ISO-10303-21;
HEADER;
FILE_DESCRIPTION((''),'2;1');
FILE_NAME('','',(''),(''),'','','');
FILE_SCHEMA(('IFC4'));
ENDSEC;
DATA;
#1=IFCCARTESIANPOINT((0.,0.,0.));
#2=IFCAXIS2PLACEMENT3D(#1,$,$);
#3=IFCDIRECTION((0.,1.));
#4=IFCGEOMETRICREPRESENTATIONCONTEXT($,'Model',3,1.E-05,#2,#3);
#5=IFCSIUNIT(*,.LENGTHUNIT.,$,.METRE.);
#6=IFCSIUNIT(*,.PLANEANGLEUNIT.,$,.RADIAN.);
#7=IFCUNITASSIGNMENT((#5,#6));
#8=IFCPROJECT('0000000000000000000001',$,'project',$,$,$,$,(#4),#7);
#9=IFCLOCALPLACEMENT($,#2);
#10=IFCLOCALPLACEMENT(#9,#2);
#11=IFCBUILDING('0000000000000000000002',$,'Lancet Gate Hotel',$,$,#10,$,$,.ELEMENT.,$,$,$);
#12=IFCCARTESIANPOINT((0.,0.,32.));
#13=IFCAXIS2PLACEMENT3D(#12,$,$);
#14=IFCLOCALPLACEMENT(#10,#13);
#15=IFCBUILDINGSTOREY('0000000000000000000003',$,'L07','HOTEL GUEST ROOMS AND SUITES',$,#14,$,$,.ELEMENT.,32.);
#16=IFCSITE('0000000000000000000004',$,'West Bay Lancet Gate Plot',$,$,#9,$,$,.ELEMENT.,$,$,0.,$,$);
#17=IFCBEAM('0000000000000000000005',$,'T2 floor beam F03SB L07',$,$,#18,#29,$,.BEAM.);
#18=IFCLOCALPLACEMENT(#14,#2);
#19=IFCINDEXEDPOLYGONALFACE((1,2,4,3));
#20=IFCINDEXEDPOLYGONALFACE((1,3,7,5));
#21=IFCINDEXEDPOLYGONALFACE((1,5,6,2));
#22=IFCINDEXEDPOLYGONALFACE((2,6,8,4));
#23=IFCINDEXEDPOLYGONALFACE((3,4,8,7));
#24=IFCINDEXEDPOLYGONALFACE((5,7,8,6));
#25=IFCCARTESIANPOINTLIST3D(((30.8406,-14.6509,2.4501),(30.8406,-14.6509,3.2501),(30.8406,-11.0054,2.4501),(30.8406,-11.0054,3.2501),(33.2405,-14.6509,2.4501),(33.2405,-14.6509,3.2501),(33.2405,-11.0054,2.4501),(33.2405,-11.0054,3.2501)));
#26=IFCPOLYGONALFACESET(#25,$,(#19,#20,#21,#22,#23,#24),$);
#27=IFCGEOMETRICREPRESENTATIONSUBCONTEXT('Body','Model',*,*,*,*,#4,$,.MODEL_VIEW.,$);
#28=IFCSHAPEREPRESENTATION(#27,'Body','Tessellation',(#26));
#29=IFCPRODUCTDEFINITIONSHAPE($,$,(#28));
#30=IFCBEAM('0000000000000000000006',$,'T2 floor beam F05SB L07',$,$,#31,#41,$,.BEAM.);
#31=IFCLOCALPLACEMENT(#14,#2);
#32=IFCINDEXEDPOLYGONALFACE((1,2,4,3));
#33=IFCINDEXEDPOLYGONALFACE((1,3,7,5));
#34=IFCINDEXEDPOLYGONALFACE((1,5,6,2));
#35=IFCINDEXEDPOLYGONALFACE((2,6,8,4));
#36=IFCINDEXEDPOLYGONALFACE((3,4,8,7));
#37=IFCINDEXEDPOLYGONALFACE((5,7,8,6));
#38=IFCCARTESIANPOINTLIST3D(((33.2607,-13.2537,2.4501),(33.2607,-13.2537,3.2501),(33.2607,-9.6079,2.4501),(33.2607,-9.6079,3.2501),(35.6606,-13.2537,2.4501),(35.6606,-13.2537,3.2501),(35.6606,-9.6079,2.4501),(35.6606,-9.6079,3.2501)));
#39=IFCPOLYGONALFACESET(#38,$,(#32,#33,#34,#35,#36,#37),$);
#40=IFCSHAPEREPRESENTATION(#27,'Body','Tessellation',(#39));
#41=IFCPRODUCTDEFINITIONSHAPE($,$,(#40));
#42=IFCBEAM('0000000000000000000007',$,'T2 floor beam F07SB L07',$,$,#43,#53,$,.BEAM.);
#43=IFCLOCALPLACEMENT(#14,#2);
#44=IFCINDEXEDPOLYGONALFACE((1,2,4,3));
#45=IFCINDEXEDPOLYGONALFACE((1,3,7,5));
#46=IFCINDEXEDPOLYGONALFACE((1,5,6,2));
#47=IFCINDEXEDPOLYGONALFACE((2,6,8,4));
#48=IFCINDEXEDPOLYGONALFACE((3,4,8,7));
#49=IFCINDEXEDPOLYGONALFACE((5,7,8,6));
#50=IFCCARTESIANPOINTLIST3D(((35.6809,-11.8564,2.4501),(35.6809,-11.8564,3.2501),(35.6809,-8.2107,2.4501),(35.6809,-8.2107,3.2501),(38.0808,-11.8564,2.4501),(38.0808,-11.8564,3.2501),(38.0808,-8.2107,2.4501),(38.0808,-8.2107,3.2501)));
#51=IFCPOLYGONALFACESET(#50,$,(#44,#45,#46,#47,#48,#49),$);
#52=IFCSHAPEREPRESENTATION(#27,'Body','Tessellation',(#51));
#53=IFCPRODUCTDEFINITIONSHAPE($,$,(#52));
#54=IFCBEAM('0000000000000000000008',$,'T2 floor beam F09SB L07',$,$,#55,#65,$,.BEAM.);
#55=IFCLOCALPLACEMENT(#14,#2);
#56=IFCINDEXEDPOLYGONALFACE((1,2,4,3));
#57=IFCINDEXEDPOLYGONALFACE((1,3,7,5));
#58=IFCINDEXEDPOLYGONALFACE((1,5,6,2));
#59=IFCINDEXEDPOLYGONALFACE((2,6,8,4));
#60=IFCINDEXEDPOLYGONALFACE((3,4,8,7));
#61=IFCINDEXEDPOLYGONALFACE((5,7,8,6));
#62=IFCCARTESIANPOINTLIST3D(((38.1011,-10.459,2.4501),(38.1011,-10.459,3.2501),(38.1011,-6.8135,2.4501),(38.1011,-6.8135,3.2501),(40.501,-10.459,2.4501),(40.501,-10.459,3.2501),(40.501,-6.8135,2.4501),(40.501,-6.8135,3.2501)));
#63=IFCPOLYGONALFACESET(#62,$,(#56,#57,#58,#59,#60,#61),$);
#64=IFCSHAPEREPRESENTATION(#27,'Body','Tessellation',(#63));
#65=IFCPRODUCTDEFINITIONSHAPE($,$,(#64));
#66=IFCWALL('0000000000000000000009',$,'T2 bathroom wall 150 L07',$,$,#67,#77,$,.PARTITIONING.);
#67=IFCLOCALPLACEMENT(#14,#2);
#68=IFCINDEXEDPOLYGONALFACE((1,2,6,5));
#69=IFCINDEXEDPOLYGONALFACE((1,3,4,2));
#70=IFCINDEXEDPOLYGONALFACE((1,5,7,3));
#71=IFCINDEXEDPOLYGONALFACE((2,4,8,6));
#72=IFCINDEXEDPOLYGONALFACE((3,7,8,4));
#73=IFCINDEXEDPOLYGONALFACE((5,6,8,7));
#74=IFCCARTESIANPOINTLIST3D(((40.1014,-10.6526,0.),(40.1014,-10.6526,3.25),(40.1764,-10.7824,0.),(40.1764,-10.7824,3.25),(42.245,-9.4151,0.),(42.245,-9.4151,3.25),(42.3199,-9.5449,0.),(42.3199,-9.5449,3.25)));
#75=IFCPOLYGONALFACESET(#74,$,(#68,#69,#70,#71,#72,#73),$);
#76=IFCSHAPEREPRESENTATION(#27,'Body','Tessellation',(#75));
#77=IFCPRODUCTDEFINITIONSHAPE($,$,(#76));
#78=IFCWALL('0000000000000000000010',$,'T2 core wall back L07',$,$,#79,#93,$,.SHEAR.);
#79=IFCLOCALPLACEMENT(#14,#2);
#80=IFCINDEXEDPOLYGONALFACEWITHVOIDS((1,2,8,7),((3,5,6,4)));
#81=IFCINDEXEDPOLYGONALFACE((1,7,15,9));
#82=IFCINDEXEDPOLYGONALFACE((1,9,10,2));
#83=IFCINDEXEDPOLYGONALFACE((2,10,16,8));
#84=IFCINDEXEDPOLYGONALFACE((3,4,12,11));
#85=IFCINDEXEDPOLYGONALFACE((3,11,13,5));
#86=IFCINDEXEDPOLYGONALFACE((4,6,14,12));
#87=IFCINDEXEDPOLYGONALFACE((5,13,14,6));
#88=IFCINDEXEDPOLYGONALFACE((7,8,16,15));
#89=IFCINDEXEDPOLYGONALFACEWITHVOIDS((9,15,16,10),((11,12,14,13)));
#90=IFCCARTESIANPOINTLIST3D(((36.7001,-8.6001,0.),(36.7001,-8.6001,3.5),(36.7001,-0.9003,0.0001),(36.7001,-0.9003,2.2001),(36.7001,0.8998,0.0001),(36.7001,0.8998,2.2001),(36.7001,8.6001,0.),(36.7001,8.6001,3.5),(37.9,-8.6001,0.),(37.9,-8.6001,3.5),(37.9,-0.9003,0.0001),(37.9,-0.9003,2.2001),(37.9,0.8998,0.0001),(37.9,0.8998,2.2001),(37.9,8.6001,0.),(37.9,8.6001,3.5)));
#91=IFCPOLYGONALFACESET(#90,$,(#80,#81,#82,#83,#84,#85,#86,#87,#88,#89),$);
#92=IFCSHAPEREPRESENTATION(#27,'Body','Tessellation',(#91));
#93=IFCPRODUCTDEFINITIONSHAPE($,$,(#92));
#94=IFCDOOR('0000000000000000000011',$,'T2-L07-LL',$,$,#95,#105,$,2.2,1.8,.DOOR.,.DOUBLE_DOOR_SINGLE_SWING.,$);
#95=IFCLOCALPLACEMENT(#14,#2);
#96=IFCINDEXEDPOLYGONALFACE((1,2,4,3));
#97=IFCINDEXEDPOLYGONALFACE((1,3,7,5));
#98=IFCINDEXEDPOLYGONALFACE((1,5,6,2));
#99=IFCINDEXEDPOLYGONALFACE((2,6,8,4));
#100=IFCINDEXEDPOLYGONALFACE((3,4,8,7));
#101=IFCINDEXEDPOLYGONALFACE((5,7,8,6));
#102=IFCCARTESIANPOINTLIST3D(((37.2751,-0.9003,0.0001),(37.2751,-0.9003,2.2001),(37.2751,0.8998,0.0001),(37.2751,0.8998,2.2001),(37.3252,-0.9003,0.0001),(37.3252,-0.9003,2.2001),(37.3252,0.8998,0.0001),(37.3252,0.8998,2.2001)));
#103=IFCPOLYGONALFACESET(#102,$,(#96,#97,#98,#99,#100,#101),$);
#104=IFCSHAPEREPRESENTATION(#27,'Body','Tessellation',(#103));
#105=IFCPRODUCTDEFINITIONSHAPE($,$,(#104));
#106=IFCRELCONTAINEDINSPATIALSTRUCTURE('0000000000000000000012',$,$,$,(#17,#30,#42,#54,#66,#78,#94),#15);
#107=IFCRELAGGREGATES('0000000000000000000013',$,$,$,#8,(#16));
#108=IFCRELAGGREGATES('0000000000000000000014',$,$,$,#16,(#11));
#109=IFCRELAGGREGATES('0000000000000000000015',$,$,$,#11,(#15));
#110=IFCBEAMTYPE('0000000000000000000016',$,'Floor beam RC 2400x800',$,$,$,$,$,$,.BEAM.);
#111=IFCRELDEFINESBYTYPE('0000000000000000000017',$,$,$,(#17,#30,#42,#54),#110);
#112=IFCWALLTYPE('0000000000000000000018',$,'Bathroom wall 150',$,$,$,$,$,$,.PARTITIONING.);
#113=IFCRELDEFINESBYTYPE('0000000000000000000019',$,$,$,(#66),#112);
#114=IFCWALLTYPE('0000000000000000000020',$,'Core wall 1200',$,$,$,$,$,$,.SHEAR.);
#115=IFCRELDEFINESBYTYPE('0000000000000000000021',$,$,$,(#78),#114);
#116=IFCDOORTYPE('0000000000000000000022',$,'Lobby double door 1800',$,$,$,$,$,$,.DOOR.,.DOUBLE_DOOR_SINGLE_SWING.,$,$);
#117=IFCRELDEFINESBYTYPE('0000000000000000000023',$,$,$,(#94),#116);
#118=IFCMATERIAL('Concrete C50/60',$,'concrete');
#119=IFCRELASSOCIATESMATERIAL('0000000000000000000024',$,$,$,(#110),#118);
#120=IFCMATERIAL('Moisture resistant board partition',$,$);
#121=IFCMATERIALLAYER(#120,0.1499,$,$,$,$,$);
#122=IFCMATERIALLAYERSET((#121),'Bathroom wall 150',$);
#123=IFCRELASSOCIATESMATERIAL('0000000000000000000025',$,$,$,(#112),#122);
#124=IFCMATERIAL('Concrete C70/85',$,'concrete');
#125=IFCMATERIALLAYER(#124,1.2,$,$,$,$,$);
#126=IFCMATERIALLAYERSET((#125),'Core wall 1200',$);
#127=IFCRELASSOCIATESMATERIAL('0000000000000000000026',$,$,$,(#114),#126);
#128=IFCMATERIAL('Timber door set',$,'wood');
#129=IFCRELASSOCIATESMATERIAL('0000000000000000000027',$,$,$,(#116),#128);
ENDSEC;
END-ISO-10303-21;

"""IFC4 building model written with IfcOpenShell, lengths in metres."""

from ifc_helpers import new_model, si_unit, direction, frame, frame_2d, origin, origin_2d, place, context, subcontext, project, spatial, rectangle, extrude, material, layer, layer_set, material_profile, profile_set, type_object, element, fill, save


model = new_model("IFC4")

# Units and contexts
model_context = context("Model", 3, precision=1e-05, world=origin(), true_north=direction((0.0, 1.0)))
body_context = subcontext(model_context, "Body", "Model", "MODEL_VIEW")
ifc_project = project(units=[si_unit("LENGTHUNIT", "METRE"), si_unit("PLANEANGLEUNIT", "RADIAN")], contexts=[model_context])

# Site, building, storey
site_placement = place(None, origin())
site = spatial("IfcSite", under=ifc_project, at=site_placement, Name="West Bay Lancet Gate Plot", CompositionType="ELEMENT", RefElevation=0.0)
building_placement = place(site_placement, origin())
building = spatial("IfcBuilding", under=site, at=building_placement, Name="Lancet Gate Hotel", CompositionType="ELEMENT")
storey_placement = place(building_placement, frame((0.0, 0.0, 32.0)))
storey = spatial("IfcBuildingStorey", under=building, at=storey_placement, Name="L07", Description="HOTEL GUEST ROOMS AND SUITES", CompositionType="ELEMENT", Elevation=32.0)

# Beams
ifc_material_1 = material(Name="Concrete C50/60", Category="concrete")
ifc_material_profile = material_profile(ifc_material_1, rectangle(XDim=2.3999, YDim=0.8, at=origin_2d()), Name="RC 2400x800")
ifc_profile_set = profile_set([ifc_material_profile], Name="Concrete C50/60")
beam_type = type_object("IfcBeamType", Name="Floor beam RC 2400x800", PredefinedType="BEAM", material=ifc_profile_set)
beam_1_placement = place(storey_placement, frame((32.0405, -14.6509, 2.8501), z_axis=(0.0, 1.0, 0.0), x_axis=(-1.0, 0.0, 0.0)))
element("IfcBeam", 1, at=beam_1_placement, inside=storey, type_object=beam_type, Name="T2 floor beam F03SB L07", PredefinedType="BEAM", context=body_context, shape_type="SweptSolid", body=[
    extrude(rectangle(XDim=2.3999, YDim=0.8, at=origin_2d()), origin(), (0.0, 0.0, 1.0), 3.6455),
])
for number, where, z_axis, x_axis, name in (
    (2, (34.4607, -13.2537, 2.8501), (0.0, 1.0, 0.0), (-1.0, 0.0, 0.0), "T2 floor beam F05SB L07"),
    (3, (36.8809, -11.8564, 2.8501), (0.0, 1.0, 0.0), (-1.0, 0.0, 0.0), "T2 floor beam F07SB L07"),
):
    element("IfcBeam", number, at=place(storey_placement, frame(where, z_axis=z_axis, x_axis=x_axis)), inside=storey, type_object=beam_type, Name=name, PredefinedType="BEAM", context=body_context, shape_type="SweptSolid", body=[
        extrude(rectangle(XDim=2.3999, YDim=0.8, at=origin_2d()), origin(), (0.0, 0.0, 1.0), 3.6458),
    ])
beam_2_placement = place(storey_placement, frame((39.301, -10.459, 2.8501), z_axis=(0.0, 1.0, 0.0), x_axis=(-1.0, 0.0, 0.0)))
element("IfcBeam", 4, at=beam_2_placement, inside=storey, type_object=beam_type, Name="T2 floor beam F09SB L07", PredefinedType="BEAM", context=body_context, shape_type="SweptSolid", body=[
    extrude(rectangle(XDim=2.3999, YDim=0.8, at=origin_2d()), origin(), (0.0, 0.0, 1.0), 3.6455),
])

# Wall
ifc_material_2 = material(Name="Moisture resistant board partition")
ifc_layer_1 = layer(ifc_material_2, 0.1499)
ifc_layer_set_1 = layer_set([ifc_layer_1], Name="Bathroom wall 150")
wall_type_1 = type_object("IfcWallType", Name="Bathroom wall 150", PredefinedType="PARTITIONING", material=ifc_layer_set_1)
wall_1_placement = place(storey_placement, frame((40.1389, -10.7175, 0.0), z_axis=(0.0, 0.0, 1.0), x_axis=(0.866031, 0.49999, 0.0)))
element("IfcWall", 5, at=wall_1_placement, inside=storey, type_object=wall_type_1, Name="T2 bathroom wall 150 L07", PredefinedType="PARTITIONING", context=body_context, shape_type="SweptSolid", body=[
    extrude(rectangle(XDim=2.4751, YDim=0.1499, at=frame_2d((1.2375, 0.0))), origin(), (0.0, 0.0, 1.0), 3.25),
])

# Wall, opening, door
ifc_material_3 = material(Name="Concrete C70/85", Category="concrete")
ifc_layer_2 = layer(ifc_material_3, 1.2)
ifc_layer_set_2 = layer_set([ifc_layer_2], Name="Core wall 1200")
wall_type_2 = type_object("IfcWallType", Name="Core wall 1200", PredefinedType="SHEAR", material=ifc_layer_set_2)
wall_2_placement = place(storey_placement, frame((37.3, -8.6001, 0.0), z_axis=(0.0, 0.0, 1.0), x_axis=(0.0, 1.0, 0.0)))
wall_2 = element("IfcWall", 6, at=wall_2_placement, inside=storey, type_object=wall_type_2, Name="T2 core wall back L07", PredefinedType="SHEAR", context=body_context, shape_type="SweptSolid", body=[
    extrude(rectangle(XDim=17.2002, YDim=1.2, at=frame_2d((8.6001, 0.0))), origin(), (0.0, 0.0, 1.0), 3.5),
])
opening_1_placement = place(wall_2_placement, frame((7.7, 0.0, 0.0)))
opening_1 = element("IfcOpeningElement", 7, at=opening_1_placement, cuts=wall_2, PredefinedType="OPENING", context=body_context, shape_type="SweptSolid", body=[
    extrude(rectangle(XDim=1.8, YDim=2.2, at=frame_2d((0.8999, 1.1001))), frame((0.0, 0.6099, 0.0), z_axis=(0.0, -1.0, 0.0), x_axis=(1.0, 0.0, 0.0)), (0.0, 0.0, 1.0), 1.22),
])
ifc_material_4 = material(Name="Timber door set", Category="wood")
door_type_1 = type_object("IfcDoorType", Name="Lobby double door 1800", OperationType="DOUBLE_DOOR_SINGLE_SWING", PredefinedType="DOOR", material=ifc_material_4)
door_1_placement = place(opening_1_placement, origin())
door_1 = element("IfcDoor", 8, at=door_1_placement, inside=storey, type_object=door_type_1, Name="T2-L07-LL", OperationType="DOUBLE_DOOR_SINGLE_SWING", OverallHeight=2.2, OverallWidth=1.8, PredefinedType="DOOR", context=body_context, shape_type="SweptSolid", body=[
    extrude(rectangle(XDim=1.8, YDim=2.2, at=frame_2d((0.8999, 1.1001))), frame((0.0, 0.0249, 0.0), z_axis=(0.0, -1.0, 0.0), x_axis=(1.0, 0.0, 0.0)), (0.0, 0.0, 1.0), 0.05),
])
fill(opening_1, door_1)

save(model, "model.ifc")
